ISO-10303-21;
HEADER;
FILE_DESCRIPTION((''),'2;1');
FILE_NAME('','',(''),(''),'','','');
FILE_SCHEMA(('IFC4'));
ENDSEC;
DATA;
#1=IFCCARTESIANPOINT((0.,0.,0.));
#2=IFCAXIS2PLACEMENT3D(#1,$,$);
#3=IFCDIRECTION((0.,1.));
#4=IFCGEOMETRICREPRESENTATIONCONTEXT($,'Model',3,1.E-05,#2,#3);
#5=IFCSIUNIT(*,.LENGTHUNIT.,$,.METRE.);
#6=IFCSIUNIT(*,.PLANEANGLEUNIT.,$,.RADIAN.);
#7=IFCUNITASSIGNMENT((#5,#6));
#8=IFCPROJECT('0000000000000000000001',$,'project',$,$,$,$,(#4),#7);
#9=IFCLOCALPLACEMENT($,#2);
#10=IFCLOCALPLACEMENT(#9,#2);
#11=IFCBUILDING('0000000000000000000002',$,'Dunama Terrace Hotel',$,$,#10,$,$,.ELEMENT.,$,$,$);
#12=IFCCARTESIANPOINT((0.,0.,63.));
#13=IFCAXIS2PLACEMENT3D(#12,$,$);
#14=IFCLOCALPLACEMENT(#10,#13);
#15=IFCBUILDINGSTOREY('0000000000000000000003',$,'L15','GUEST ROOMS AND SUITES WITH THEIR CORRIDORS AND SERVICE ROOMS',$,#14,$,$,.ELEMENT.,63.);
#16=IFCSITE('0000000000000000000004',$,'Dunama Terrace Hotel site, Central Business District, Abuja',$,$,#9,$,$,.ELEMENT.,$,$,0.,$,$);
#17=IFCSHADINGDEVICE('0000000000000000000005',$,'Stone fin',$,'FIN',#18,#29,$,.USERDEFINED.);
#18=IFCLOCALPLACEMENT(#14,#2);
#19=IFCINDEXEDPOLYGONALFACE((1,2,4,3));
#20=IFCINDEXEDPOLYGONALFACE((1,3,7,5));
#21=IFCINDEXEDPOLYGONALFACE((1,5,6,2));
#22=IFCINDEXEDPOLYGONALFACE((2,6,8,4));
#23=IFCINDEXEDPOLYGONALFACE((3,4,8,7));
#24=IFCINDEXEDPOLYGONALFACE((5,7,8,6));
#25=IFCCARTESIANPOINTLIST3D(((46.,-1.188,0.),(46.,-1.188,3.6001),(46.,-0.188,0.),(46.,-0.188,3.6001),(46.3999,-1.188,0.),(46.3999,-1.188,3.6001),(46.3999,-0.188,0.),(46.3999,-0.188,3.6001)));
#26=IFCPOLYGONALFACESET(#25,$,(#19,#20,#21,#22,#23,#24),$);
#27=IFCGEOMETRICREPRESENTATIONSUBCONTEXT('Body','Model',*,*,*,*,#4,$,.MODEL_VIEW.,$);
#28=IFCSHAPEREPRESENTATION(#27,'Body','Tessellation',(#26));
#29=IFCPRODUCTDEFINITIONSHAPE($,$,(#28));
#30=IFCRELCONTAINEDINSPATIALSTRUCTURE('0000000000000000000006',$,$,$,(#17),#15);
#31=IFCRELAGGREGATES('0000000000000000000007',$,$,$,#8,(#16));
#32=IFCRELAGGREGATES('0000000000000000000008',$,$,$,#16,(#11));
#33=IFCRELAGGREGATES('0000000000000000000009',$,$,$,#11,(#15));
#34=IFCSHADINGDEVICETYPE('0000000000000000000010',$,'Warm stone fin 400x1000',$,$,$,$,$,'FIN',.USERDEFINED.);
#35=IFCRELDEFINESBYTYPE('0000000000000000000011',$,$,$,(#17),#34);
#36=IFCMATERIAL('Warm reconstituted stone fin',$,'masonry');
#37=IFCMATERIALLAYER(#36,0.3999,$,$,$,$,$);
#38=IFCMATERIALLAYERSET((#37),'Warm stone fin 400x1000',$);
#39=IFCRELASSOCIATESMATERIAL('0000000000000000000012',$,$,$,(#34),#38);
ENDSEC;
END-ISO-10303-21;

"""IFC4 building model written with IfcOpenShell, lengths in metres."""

from ifc_helpers import new_model, si_unit, direction, frame, origin, origin_2d, place, context, subcontext, project, spatial, rectangle, extrude, material, layer, layer_set, type_object, element, save


model = new_model("IFC4")

# Units and contexts
model_context = context("Model", 3, precision=1e-05, world=origin(), true_north=direction((0.0, 1.0)))
body_context = subcontext(model_context, "Body", "Model", "MODEL_VIEW")
ifc_project = project(units=[si_unit("LENGTHUNIT", "METRE"), si_unit("PLANEANGLEUNIT", "RADIAN")], contexts=[model_context])

# Site, building, storey
site_placement = place(None, origin())
site = spatial("IfcSite", under=ifc_project, at=site_placement, Name="Dunama Terrace Hotel site, Central Business District, Abuja", CompositionType="ELEMENT", RefElevation=0.0)
building_placement = place(site_placement, origin())
building = spatial("IfcBuilding", under=site, at=building_placement, Name="Dunama Terrace Hotel", CompositionType="ELEMENT")
storey_placement = place(building_placement, frame((0.0, 0.0, 63.0)))
storey = spatial("IfcBuildingStorey", under=building, at=storey_placement, Name="L15", Description="GUEST ROOMS AND SUITES WITH THEIR CORRIDORS AND SERVICE ROOMS", CompositionType="ELEMENT", Elevation=63.0)

# Shading device
ifc_material_1 = material(Name="Warm reconstituted stone fin", Category="masonry")
ifc_layer_1 = layer(ifc_material_1, 0.3999)
ifc_layer_set_1 = layer_set([ifc_layer_1], Name="Warm stone fin 400x1000")
shading_device_type = type_object("IfcShadingDeviceType", Name="Warm stone fin 400x1000", ElementType="FIN", PredefinedType="USERDEFINED", material=ifc_layer_set_1)
for number, where, z_axis, x_axis, name in (
    (1, (46.2, -0.688, 0.0), (0.0, 0.0, 1.0), (1.0, 0.0, 0.0), "Stone fin"),
):
    element("IfcShadingDevice", number, at=place(storey_placement, frame(where, z_axis=z_axis, x_axis=x_axis)), inside=storey, type_object=shading_device_type, Name=name, ObjectType="FIN", PredefinedType="USERDEFINED", context=body_context, shape_type="SweptSolid", body=[
        extrude(rectangle(XDim=0.3999, YDim=1.0, at=origin_2d()), origin(), (0.0, 0.0, 1.0), 3.6001),
    ])

save(model, "model.ifc")
